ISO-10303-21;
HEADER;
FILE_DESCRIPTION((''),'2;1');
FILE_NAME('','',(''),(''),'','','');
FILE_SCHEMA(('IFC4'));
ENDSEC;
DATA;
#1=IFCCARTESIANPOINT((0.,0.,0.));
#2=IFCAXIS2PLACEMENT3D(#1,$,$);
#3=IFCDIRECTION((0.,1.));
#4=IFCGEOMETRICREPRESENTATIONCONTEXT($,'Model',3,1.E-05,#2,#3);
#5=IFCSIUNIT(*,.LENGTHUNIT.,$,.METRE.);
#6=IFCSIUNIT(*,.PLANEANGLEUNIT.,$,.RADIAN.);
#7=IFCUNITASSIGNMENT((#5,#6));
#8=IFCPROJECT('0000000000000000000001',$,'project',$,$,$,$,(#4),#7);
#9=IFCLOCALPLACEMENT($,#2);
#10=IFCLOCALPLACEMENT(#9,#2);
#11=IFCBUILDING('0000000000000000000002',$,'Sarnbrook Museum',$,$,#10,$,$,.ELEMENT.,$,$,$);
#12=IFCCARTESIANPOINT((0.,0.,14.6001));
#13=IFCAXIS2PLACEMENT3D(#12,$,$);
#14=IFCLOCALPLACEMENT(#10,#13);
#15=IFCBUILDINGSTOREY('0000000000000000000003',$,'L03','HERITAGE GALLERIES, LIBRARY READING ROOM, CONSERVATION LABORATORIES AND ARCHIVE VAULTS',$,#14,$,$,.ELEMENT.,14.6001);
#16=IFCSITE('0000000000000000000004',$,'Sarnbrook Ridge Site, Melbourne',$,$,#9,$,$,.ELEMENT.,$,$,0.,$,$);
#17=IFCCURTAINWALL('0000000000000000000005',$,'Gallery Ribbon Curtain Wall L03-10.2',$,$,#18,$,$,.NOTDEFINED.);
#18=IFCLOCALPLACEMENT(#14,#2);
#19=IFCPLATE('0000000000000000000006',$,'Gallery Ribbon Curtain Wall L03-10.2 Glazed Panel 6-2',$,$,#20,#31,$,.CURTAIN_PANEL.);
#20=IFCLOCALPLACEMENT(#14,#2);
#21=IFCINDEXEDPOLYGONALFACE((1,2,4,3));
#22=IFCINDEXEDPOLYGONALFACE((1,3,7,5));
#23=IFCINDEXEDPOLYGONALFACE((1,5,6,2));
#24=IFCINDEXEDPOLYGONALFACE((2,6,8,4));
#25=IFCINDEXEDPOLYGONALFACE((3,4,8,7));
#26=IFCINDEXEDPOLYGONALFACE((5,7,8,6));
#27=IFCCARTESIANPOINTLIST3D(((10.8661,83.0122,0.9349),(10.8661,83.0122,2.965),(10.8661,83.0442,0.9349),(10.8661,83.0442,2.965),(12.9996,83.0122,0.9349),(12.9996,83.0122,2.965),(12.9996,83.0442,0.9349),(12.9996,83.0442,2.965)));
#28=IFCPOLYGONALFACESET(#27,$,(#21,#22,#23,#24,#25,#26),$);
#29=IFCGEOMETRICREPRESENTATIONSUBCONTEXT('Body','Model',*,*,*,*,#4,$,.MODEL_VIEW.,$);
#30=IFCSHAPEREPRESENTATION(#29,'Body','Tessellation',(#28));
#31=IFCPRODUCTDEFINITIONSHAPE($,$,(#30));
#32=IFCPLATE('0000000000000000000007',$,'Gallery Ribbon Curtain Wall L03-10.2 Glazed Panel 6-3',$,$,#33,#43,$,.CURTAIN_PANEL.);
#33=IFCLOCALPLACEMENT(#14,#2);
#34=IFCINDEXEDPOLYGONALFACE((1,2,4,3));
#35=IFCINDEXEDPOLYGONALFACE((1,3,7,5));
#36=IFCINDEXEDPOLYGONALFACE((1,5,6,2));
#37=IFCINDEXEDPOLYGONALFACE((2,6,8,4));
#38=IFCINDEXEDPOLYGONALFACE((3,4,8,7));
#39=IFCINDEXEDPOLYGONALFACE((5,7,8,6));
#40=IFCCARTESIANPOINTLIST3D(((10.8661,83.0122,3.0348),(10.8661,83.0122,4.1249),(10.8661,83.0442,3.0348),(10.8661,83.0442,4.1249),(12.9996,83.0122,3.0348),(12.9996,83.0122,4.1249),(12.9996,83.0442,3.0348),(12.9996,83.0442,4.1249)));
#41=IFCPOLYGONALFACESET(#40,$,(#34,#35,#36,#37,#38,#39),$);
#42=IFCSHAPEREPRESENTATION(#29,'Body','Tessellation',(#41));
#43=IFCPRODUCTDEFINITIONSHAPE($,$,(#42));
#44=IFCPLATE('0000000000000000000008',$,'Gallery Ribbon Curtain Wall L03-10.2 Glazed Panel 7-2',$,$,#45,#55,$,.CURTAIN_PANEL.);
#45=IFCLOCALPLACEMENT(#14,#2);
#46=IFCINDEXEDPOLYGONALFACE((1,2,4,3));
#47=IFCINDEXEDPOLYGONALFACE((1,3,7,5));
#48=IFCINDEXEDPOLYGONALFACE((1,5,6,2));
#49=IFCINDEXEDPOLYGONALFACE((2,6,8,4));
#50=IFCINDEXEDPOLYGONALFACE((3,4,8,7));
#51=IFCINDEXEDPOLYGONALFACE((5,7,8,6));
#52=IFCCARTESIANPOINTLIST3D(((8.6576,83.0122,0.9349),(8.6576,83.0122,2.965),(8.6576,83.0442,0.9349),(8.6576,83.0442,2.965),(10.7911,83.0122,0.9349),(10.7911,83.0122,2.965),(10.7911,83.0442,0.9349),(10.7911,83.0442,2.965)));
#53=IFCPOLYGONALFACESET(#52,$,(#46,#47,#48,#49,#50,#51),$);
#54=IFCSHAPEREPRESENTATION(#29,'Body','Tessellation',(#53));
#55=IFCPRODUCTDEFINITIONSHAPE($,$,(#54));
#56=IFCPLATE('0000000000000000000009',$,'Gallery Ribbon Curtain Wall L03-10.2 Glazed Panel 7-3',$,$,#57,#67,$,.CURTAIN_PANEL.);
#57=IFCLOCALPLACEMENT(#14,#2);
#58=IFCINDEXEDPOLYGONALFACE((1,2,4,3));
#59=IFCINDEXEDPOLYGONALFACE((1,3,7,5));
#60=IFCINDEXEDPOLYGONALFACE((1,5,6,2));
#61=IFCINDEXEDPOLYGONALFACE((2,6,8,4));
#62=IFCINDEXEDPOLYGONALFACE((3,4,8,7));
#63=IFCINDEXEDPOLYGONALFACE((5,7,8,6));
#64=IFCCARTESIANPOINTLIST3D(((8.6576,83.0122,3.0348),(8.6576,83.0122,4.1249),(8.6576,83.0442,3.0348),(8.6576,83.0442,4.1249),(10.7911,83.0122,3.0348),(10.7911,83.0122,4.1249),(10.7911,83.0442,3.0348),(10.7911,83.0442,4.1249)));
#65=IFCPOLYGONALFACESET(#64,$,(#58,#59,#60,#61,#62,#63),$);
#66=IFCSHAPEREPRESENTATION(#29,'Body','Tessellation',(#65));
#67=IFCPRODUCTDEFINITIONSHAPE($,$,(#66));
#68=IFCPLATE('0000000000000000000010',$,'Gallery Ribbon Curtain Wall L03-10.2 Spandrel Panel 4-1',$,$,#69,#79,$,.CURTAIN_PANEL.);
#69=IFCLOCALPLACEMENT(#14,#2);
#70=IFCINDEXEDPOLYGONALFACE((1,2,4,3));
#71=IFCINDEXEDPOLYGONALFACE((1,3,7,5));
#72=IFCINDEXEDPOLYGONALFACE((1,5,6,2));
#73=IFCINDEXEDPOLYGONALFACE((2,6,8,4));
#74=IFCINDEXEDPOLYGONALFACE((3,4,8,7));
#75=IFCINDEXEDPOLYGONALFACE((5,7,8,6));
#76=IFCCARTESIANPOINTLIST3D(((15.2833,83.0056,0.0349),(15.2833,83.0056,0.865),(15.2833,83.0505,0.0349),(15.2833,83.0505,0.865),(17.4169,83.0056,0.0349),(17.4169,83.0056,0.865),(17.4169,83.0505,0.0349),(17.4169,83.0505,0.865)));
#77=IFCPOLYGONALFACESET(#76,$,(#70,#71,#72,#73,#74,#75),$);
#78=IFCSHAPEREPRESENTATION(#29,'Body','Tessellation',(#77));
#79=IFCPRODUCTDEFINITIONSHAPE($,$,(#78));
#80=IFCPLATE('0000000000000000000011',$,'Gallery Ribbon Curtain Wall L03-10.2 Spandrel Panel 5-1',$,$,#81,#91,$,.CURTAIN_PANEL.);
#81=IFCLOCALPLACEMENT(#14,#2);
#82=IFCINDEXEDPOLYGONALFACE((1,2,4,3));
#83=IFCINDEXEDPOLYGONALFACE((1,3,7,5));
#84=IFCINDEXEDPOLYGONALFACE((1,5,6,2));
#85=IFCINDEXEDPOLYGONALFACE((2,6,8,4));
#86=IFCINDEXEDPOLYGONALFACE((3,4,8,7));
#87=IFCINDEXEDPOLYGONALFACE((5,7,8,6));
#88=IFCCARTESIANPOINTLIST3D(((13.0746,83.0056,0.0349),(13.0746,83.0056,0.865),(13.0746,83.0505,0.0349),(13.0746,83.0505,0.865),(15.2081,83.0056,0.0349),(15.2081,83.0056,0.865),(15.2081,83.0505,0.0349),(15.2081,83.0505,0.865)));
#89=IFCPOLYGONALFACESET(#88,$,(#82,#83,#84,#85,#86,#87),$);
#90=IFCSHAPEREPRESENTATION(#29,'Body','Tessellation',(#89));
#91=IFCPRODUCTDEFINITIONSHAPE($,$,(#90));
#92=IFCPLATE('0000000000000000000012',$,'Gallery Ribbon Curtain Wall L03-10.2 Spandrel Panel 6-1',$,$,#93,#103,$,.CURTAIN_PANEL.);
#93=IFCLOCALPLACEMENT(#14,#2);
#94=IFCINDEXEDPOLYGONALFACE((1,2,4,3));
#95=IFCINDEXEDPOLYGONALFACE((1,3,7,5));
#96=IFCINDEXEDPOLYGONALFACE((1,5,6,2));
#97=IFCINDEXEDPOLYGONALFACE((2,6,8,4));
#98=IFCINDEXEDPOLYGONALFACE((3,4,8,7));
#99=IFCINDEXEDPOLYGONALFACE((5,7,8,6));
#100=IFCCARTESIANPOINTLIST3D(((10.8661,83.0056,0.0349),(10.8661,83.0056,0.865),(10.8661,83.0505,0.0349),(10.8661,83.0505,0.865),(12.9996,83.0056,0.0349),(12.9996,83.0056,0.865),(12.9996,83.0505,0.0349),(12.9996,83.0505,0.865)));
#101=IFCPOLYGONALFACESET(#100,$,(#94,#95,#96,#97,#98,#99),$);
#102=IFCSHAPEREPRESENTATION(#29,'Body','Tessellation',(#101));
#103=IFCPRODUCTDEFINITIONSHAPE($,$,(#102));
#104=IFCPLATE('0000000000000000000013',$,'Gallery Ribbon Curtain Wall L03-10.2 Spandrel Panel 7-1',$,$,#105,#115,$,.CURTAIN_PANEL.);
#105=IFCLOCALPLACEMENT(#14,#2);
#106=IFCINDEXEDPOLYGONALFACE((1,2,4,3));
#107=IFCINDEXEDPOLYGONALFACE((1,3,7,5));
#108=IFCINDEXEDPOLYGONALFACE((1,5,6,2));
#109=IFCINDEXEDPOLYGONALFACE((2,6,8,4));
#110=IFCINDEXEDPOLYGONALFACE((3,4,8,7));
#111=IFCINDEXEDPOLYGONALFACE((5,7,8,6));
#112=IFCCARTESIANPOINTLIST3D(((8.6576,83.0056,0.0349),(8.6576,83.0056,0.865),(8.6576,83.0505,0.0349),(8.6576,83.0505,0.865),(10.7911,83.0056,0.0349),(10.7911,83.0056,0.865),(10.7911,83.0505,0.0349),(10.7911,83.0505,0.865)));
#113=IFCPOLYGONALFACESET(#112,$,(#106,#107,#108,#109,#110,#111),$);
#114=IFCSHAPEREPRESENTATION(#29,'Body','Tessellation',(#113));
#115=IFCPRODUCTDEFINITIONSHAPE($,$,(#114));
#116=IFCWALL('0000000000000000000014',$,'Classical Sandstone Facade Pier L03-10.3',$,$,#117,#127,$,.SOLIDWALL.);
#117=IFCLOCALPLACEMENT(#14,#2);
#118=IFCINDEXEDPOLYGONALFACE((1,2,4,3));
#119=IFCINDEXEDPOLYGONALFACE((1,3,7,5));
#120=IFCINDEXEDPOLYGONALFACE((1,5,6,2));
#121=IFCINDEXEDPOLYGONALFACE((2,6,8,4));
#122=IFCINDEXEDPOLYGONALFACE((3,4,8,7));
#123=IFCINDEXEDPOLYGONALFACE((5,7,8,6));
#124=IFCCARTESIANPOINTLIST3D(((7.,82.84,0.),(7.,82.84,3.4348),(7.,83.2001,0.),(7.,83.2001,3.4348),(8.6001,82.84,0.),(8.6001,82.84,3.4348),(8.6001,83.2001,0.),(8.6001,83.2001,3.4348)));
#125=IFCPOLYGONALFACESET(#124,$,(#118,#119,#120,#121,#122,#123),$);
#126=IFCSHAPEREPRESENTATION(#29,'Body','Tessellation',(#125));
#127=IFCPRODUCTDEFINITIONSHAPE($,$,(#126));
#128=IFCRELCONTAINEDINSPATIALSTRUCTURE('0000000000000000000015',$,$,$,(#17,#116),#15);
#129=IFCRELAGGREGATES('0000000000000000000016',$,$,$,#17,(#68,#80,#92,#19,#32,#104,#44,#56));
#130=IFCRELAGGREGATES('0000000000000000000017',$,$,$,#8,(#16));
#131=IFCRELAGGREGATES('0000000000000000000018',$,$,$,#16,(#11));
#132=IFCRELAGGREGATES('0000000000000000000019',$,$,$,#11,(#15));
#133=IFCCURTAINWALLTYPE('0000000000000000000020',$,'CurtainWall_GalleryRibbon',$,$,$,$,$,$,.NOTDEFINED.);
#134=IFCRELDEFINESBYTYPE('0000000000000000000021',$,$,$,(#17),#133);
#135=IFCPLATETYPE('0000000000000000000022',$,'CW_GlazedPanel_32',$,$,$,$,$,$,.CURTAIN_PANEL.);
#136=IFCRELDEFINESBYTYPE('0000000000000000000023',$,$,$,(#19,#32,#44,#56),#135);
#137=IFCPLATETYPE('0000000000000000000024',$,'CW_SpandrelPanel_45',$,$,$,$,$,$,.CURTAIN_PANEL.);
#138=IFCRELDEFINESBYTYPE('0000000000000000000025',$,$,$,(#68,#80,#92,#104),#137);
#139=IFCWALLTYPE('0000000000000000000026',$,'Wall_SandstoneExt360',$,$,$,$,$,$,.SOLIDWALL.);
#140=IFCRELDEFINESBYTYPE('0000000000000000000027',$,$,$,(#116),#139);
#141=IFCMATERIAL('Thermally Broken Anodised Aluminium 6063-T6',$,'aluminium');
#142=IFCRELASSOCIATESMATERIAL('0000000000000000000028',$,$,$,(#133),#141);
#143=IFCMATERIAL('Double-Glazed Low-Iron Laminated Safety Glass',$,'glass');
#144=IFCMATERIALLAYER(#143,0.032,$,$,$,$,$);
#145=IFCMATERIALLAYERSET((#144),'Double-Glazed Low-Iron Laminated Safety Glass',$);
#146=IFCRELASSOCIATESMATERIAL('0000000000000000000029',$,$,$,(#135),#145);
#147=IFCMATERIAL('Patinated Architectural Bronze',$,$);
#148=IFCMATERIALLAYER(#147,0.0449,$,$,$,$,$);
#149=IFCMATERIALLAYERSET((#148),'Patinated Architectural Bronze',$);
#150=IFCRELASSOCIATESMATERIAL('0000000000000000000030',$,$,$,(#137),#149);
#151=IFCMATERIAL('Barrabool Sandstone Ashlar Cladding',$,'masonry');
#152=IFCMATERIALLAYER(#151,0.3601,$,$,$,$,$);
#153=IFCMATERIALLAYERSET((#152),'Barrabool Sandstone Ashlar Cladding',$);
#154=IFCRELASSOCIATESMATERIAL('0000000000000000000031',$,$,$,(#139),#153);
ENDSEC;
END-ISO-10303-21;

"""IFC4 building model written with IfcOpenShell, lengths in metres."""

from ifc_helpers import new_model, si_unit, direction, frame, frame_2d, origin, origin_2d, place, context, subcontext, project, spatial, rectangle, extrude, material, layer, layer_set, type_object, element, aggregate, save


model = new_model("IFC4")

# Units and contexts
model_context = context("Model", 3, precision=1e-05, world=origin(), true_north=direction((0.0, 1.0)))
body_context = subcontext(model_context, "Body", "Model", "MODEL_VIEW")
ifc_project = project(units=[si_unit("LENGTHUNIT", "METRE"), si_unit("PLANEANGLEUNIT", "RADIAN")], contexts=[model_context])

# Site, building, storey
site_placement = place(None, origin())
site = spatial("IfcSite", under=ifc_project, at=site_placement, Name="Sarnbrook Ridge Site, Melbourne", CompositionType="ELEMENT", RefElevation=0.0)
building_placement = place(site_placement, origin())
building = spatial("IfcBuilding", under=site, at=building_placement, Name="Sarnbrook Museum", CompositionType="ELEMENT")
storey_placement = place(building_placement, frame((0.0, 0.0, 14.6001)))
storey = spatial("IfcBuildingStorey", under=building, at=storey_placement, Name="L03", Description="HERITAGE GALLERIES, LIBRARY READING ROOM, CONSERVATION LABORATORIES AND ARCHIVE VAULTS", CompositionType="ELEMENT", Elevation=14.6001)

# Curtain wall, plates
ifc_material_1 = material(Name="Thermally Broken Anodised Aluminium 6063-T6", Category="aluminium")
curtain_wall_type = type_object("IfcCurtainWallType", Name="CurtainWall_GalleryRibbon", PredefinedType="NOTDEFINED", material=ifc_material_1)
curtain_wall_placement = place(storey_placement, origin())
curtain_wall = element("IfcCurtainWall", 1, at=curtain_wall_placement, inside=storey, type_object=curtain_wall_type, Name="Gallery Ribbon Curtain Wall L03-10.2", PredefinedType="NOTDEFINED")
ifc_material_2 = material(Name="Double-Glazed Low-Iron Laminated Safety Glass", Category="glass")
ifc_layer_1 = layer(ifc_material_2, 0.032)
ifc_layer_set_1 = layer_set([ifc_layer_1], Name="Double-Glazed Low-Iron Laminated Safety Glass")
plate_type_1 = type_object("IfcPlateType", Name="CW_GlazedPanel_32", PredefinedType="CURTAIN_PANEL", material=ifc_layer_set_1)
plate_1_placement = place(storey_placement, frame((11.9329, 83.0122, 1.95), z_axis=(0.0, 1.0, 0.0), x_axis=(-1.0, 0.0, 0.0)))
plate_1 = element("IfcPlate", 2, at=plate_1_placement, type_object=plate_type_1, Name="Gallery Ribbon Curtain Wall L03-10.2 Glazed Panel 6-2", PredefinedType="CURTAIN_PANEL", context=body_context, shape_type="SweptSolid", body=[
    extrude(rectangle(XDim=2.1335, YDim=2.03, at=origin_2d()), origin(), (0.0, 0.0, 1.0), 0.032),
])
plate_2_placement = place(storey_placement, frame((11.9329, 83.0122, 3.5798), z_axis=(0.0, 1.0, 0.0), x_axis=(-1.0, 0.0, 0.0)))
plate_2 = element("IfcPlate", 3, at=plate_2_placement, type_object=plate_type_1, Name="Gallery Ribbon Curtain Wall L03-10.2 Glazed Panel 6-3", PredefinedType="CURTAIN_PANEL", context=body_context, shape_type="SweptSolid", body=[
    extrude(rectangle(XDim=2.1335, YDim=1.0901, at=origin_2d()), origin(), (0.0, 0.0, 1.0), 0.032),
])
plate_3_placement = place(storey_placement, frame((9.7244, 83.0122, 1.95), z_axis=(0.0, 1.0, 0.0), x_axis=(-1.0, 0.0, 0.0)))
plate_3 = element("IfcPlate", 4, at=plate_3_placement, type_object=plate_type_1, Name="Gallery Ribbon Curtain Wall L03-10.2 Glazed Panel 7-2", PredefinedType="CURTAIN_PANEL", context=body_context, shape_type="SweptSolid", body=[
    extrude(rectangle(XDim=2.1335, YDim=2.03, at=origin_2d()), origin(), (0.0, 0.0, 1.0), 0.032),
])
plate_4_placement = place(storey_placement, frame((9.7244, 83.0122, 3.5798), z_axis=(0.0, 1.0, 0.0), x_axis=(-1.0, 0.0, 0.0)))
plate_4 = element("IfcPlate", 5, at=plate_4_placement, type_object=plate_type_1, Name="Gallery Ribbon Curtain Wall L03-10.2 Glazed Panel 7-3", PredefinedType="CURTAIN_PANEL", context=body_context, shape_type="SweptSolid", body=[
    extrude(rectangle(XDim=2.1335, YDim=1.0901, at=origin_2d()), origin(), (0.0, 0.0, 1.0), 0.032),
])
ifc_material_3 = material(Name="Patinated Architectural Bronze")
ifc_layer_2 = layer(ifc_material_3, 0.0449)
ifc_layer_set_2 = layer_set([ifc_layer_2], Name="Patinated Architectural Bronze")
plate_type_2 = type_object("IfcPlateType", Name="CW_SpandrelPanel_45", PredefinedType="CURTAIN_PANEL", material=ifc_layer_set_2)
plate_5_placement = place(storey_placement, frame((16.3501, 83.0056, 0.45), z_axis=(0.0, 1.0, 0.0), x_axis=(-1.0, 0.0, 0.0)))
plate_5 = element("IfcPlate", 6, at=plate_5_placement, type_object=plate_type_2, Name="Gallery Ribbon Curtain Wall L03-10.2 Spandrel Panel 4-1", PredefinedType="CURTAIN_PANEL", context=body_context, shape_type="SweptSolid", body=[
    extrude(rectangle(XDim=2.1335, YDim=0.8301, at=origin_2d()), origin(), (0.0, 0.0, 1.0), 0.0449),
])
plate_6_placement = place(storey_placement, frame((14.1414, 83.0056, 0.45), z_axis=(0.0, 1.0, 0.0), x_axis=(-1.0, 0.0, 0.0)))
plate_6 = element("IfcPlate", 7, at=plate_6_placement, type_object=plate_type_2, Name="Gallery Ribbon Curtain Wall L03-10.2 Spandrel Panel 5-1", PredefinedType="CURTAIN_PANEL", context=body_context, shape_type="SweptSolid", body=[
    extrude(rectangle(XDim=2.1335, YDim=0.8301, at=origin_2d()), origin(), (0.0, 0.0, 1.0), 0.0449),
])
plate_7_placement = place(storey_placement, frame((11.9329, 83.0056, 0.45), z_axis=(0.0, 1.0, 0.0), x_axis=(-1.0, 0.0, 0.0)))
plate_7 = element("IfcPlate", 8, at=plate_7_placement, type_object=plate_type_2, Name="Gallery Ribbon Curtain Wall L03-10.2 Spandrel Panel 6-1", PredefinedType="CURTAIN_PANEL", context=body_context, shape_type="SweptSolid", body=[
    extrude(rectangle(XDim=2.1335, YDim=0.8301, at=origin_2d()), origin(), (0.0, 0.0, 1.0), 0.0449),
])
plate_8_placement = place(storey_placement, frame((9.7244, 83.0056, 0.45), z_axis=(0.0, 1.0, 0.0), x_axis=(-1.0, 0.0, 0.0)))
plate_8 = element("IfcPlate", 9, at=plate_8_placement, type_object=plate_type_2, Name="Gallery Ribbon Curtain Wall L03-10.2 Spandrel Panel 7-1", PredefinedType="CURTAIN_PANEL", context=body_context, shape_type="SweptSolid", body=[
    extrude(rectangle(XDim=2.1335, YDim=0.8301, at=origin_2d()), origin(), (0.0, 0.0, 1.0), 0.0449),
])
aggregate(curtain_wall, [plate_5, plate_6, plate_7, plate_1, plate_2, plate_8, plate_3, plate_4])

# Wall
ifc_material_4 = material(Name="Barrabool Sandstone Ashlar Cladding", Category="masonry")
ifc_layer_3 = layer(ifc_material_4, 0.3601)
ifc_layer_set_3 = layer_set([ifc_layer_3], Name="Barrabool Sandstone Ashlar Cladding")
wall_type = type_object("IfcWallType", Name="Wall_SandstoneExt360", PredefinedType="SOLIDWALL", material=ifc_layer_set_3)
wall_1_placement = place(storey_placement, frame((8.6001, 83.02, 0.0), z_axis=(0.0, 0.0, 1.0), x_axis=(-1.0, 0.0, 0.0)))
element("IfcWall", 10, at=wall_1_placement, inside=storey, type_object=wall_type, Name="Classical Sandstone Facade Pier L03-10.3", PredefinedType="SOLIDWALL", context=body_context, shape_type="SweptSolid", body=[
    extrude(rectangle(XDim=1.6001, YDim=0.3601, at=frame_2d((0.8, 0.0))), origin(), (0.0, 0.0, 1.0), 3.4348),
])

save(model, "model.ifc")
